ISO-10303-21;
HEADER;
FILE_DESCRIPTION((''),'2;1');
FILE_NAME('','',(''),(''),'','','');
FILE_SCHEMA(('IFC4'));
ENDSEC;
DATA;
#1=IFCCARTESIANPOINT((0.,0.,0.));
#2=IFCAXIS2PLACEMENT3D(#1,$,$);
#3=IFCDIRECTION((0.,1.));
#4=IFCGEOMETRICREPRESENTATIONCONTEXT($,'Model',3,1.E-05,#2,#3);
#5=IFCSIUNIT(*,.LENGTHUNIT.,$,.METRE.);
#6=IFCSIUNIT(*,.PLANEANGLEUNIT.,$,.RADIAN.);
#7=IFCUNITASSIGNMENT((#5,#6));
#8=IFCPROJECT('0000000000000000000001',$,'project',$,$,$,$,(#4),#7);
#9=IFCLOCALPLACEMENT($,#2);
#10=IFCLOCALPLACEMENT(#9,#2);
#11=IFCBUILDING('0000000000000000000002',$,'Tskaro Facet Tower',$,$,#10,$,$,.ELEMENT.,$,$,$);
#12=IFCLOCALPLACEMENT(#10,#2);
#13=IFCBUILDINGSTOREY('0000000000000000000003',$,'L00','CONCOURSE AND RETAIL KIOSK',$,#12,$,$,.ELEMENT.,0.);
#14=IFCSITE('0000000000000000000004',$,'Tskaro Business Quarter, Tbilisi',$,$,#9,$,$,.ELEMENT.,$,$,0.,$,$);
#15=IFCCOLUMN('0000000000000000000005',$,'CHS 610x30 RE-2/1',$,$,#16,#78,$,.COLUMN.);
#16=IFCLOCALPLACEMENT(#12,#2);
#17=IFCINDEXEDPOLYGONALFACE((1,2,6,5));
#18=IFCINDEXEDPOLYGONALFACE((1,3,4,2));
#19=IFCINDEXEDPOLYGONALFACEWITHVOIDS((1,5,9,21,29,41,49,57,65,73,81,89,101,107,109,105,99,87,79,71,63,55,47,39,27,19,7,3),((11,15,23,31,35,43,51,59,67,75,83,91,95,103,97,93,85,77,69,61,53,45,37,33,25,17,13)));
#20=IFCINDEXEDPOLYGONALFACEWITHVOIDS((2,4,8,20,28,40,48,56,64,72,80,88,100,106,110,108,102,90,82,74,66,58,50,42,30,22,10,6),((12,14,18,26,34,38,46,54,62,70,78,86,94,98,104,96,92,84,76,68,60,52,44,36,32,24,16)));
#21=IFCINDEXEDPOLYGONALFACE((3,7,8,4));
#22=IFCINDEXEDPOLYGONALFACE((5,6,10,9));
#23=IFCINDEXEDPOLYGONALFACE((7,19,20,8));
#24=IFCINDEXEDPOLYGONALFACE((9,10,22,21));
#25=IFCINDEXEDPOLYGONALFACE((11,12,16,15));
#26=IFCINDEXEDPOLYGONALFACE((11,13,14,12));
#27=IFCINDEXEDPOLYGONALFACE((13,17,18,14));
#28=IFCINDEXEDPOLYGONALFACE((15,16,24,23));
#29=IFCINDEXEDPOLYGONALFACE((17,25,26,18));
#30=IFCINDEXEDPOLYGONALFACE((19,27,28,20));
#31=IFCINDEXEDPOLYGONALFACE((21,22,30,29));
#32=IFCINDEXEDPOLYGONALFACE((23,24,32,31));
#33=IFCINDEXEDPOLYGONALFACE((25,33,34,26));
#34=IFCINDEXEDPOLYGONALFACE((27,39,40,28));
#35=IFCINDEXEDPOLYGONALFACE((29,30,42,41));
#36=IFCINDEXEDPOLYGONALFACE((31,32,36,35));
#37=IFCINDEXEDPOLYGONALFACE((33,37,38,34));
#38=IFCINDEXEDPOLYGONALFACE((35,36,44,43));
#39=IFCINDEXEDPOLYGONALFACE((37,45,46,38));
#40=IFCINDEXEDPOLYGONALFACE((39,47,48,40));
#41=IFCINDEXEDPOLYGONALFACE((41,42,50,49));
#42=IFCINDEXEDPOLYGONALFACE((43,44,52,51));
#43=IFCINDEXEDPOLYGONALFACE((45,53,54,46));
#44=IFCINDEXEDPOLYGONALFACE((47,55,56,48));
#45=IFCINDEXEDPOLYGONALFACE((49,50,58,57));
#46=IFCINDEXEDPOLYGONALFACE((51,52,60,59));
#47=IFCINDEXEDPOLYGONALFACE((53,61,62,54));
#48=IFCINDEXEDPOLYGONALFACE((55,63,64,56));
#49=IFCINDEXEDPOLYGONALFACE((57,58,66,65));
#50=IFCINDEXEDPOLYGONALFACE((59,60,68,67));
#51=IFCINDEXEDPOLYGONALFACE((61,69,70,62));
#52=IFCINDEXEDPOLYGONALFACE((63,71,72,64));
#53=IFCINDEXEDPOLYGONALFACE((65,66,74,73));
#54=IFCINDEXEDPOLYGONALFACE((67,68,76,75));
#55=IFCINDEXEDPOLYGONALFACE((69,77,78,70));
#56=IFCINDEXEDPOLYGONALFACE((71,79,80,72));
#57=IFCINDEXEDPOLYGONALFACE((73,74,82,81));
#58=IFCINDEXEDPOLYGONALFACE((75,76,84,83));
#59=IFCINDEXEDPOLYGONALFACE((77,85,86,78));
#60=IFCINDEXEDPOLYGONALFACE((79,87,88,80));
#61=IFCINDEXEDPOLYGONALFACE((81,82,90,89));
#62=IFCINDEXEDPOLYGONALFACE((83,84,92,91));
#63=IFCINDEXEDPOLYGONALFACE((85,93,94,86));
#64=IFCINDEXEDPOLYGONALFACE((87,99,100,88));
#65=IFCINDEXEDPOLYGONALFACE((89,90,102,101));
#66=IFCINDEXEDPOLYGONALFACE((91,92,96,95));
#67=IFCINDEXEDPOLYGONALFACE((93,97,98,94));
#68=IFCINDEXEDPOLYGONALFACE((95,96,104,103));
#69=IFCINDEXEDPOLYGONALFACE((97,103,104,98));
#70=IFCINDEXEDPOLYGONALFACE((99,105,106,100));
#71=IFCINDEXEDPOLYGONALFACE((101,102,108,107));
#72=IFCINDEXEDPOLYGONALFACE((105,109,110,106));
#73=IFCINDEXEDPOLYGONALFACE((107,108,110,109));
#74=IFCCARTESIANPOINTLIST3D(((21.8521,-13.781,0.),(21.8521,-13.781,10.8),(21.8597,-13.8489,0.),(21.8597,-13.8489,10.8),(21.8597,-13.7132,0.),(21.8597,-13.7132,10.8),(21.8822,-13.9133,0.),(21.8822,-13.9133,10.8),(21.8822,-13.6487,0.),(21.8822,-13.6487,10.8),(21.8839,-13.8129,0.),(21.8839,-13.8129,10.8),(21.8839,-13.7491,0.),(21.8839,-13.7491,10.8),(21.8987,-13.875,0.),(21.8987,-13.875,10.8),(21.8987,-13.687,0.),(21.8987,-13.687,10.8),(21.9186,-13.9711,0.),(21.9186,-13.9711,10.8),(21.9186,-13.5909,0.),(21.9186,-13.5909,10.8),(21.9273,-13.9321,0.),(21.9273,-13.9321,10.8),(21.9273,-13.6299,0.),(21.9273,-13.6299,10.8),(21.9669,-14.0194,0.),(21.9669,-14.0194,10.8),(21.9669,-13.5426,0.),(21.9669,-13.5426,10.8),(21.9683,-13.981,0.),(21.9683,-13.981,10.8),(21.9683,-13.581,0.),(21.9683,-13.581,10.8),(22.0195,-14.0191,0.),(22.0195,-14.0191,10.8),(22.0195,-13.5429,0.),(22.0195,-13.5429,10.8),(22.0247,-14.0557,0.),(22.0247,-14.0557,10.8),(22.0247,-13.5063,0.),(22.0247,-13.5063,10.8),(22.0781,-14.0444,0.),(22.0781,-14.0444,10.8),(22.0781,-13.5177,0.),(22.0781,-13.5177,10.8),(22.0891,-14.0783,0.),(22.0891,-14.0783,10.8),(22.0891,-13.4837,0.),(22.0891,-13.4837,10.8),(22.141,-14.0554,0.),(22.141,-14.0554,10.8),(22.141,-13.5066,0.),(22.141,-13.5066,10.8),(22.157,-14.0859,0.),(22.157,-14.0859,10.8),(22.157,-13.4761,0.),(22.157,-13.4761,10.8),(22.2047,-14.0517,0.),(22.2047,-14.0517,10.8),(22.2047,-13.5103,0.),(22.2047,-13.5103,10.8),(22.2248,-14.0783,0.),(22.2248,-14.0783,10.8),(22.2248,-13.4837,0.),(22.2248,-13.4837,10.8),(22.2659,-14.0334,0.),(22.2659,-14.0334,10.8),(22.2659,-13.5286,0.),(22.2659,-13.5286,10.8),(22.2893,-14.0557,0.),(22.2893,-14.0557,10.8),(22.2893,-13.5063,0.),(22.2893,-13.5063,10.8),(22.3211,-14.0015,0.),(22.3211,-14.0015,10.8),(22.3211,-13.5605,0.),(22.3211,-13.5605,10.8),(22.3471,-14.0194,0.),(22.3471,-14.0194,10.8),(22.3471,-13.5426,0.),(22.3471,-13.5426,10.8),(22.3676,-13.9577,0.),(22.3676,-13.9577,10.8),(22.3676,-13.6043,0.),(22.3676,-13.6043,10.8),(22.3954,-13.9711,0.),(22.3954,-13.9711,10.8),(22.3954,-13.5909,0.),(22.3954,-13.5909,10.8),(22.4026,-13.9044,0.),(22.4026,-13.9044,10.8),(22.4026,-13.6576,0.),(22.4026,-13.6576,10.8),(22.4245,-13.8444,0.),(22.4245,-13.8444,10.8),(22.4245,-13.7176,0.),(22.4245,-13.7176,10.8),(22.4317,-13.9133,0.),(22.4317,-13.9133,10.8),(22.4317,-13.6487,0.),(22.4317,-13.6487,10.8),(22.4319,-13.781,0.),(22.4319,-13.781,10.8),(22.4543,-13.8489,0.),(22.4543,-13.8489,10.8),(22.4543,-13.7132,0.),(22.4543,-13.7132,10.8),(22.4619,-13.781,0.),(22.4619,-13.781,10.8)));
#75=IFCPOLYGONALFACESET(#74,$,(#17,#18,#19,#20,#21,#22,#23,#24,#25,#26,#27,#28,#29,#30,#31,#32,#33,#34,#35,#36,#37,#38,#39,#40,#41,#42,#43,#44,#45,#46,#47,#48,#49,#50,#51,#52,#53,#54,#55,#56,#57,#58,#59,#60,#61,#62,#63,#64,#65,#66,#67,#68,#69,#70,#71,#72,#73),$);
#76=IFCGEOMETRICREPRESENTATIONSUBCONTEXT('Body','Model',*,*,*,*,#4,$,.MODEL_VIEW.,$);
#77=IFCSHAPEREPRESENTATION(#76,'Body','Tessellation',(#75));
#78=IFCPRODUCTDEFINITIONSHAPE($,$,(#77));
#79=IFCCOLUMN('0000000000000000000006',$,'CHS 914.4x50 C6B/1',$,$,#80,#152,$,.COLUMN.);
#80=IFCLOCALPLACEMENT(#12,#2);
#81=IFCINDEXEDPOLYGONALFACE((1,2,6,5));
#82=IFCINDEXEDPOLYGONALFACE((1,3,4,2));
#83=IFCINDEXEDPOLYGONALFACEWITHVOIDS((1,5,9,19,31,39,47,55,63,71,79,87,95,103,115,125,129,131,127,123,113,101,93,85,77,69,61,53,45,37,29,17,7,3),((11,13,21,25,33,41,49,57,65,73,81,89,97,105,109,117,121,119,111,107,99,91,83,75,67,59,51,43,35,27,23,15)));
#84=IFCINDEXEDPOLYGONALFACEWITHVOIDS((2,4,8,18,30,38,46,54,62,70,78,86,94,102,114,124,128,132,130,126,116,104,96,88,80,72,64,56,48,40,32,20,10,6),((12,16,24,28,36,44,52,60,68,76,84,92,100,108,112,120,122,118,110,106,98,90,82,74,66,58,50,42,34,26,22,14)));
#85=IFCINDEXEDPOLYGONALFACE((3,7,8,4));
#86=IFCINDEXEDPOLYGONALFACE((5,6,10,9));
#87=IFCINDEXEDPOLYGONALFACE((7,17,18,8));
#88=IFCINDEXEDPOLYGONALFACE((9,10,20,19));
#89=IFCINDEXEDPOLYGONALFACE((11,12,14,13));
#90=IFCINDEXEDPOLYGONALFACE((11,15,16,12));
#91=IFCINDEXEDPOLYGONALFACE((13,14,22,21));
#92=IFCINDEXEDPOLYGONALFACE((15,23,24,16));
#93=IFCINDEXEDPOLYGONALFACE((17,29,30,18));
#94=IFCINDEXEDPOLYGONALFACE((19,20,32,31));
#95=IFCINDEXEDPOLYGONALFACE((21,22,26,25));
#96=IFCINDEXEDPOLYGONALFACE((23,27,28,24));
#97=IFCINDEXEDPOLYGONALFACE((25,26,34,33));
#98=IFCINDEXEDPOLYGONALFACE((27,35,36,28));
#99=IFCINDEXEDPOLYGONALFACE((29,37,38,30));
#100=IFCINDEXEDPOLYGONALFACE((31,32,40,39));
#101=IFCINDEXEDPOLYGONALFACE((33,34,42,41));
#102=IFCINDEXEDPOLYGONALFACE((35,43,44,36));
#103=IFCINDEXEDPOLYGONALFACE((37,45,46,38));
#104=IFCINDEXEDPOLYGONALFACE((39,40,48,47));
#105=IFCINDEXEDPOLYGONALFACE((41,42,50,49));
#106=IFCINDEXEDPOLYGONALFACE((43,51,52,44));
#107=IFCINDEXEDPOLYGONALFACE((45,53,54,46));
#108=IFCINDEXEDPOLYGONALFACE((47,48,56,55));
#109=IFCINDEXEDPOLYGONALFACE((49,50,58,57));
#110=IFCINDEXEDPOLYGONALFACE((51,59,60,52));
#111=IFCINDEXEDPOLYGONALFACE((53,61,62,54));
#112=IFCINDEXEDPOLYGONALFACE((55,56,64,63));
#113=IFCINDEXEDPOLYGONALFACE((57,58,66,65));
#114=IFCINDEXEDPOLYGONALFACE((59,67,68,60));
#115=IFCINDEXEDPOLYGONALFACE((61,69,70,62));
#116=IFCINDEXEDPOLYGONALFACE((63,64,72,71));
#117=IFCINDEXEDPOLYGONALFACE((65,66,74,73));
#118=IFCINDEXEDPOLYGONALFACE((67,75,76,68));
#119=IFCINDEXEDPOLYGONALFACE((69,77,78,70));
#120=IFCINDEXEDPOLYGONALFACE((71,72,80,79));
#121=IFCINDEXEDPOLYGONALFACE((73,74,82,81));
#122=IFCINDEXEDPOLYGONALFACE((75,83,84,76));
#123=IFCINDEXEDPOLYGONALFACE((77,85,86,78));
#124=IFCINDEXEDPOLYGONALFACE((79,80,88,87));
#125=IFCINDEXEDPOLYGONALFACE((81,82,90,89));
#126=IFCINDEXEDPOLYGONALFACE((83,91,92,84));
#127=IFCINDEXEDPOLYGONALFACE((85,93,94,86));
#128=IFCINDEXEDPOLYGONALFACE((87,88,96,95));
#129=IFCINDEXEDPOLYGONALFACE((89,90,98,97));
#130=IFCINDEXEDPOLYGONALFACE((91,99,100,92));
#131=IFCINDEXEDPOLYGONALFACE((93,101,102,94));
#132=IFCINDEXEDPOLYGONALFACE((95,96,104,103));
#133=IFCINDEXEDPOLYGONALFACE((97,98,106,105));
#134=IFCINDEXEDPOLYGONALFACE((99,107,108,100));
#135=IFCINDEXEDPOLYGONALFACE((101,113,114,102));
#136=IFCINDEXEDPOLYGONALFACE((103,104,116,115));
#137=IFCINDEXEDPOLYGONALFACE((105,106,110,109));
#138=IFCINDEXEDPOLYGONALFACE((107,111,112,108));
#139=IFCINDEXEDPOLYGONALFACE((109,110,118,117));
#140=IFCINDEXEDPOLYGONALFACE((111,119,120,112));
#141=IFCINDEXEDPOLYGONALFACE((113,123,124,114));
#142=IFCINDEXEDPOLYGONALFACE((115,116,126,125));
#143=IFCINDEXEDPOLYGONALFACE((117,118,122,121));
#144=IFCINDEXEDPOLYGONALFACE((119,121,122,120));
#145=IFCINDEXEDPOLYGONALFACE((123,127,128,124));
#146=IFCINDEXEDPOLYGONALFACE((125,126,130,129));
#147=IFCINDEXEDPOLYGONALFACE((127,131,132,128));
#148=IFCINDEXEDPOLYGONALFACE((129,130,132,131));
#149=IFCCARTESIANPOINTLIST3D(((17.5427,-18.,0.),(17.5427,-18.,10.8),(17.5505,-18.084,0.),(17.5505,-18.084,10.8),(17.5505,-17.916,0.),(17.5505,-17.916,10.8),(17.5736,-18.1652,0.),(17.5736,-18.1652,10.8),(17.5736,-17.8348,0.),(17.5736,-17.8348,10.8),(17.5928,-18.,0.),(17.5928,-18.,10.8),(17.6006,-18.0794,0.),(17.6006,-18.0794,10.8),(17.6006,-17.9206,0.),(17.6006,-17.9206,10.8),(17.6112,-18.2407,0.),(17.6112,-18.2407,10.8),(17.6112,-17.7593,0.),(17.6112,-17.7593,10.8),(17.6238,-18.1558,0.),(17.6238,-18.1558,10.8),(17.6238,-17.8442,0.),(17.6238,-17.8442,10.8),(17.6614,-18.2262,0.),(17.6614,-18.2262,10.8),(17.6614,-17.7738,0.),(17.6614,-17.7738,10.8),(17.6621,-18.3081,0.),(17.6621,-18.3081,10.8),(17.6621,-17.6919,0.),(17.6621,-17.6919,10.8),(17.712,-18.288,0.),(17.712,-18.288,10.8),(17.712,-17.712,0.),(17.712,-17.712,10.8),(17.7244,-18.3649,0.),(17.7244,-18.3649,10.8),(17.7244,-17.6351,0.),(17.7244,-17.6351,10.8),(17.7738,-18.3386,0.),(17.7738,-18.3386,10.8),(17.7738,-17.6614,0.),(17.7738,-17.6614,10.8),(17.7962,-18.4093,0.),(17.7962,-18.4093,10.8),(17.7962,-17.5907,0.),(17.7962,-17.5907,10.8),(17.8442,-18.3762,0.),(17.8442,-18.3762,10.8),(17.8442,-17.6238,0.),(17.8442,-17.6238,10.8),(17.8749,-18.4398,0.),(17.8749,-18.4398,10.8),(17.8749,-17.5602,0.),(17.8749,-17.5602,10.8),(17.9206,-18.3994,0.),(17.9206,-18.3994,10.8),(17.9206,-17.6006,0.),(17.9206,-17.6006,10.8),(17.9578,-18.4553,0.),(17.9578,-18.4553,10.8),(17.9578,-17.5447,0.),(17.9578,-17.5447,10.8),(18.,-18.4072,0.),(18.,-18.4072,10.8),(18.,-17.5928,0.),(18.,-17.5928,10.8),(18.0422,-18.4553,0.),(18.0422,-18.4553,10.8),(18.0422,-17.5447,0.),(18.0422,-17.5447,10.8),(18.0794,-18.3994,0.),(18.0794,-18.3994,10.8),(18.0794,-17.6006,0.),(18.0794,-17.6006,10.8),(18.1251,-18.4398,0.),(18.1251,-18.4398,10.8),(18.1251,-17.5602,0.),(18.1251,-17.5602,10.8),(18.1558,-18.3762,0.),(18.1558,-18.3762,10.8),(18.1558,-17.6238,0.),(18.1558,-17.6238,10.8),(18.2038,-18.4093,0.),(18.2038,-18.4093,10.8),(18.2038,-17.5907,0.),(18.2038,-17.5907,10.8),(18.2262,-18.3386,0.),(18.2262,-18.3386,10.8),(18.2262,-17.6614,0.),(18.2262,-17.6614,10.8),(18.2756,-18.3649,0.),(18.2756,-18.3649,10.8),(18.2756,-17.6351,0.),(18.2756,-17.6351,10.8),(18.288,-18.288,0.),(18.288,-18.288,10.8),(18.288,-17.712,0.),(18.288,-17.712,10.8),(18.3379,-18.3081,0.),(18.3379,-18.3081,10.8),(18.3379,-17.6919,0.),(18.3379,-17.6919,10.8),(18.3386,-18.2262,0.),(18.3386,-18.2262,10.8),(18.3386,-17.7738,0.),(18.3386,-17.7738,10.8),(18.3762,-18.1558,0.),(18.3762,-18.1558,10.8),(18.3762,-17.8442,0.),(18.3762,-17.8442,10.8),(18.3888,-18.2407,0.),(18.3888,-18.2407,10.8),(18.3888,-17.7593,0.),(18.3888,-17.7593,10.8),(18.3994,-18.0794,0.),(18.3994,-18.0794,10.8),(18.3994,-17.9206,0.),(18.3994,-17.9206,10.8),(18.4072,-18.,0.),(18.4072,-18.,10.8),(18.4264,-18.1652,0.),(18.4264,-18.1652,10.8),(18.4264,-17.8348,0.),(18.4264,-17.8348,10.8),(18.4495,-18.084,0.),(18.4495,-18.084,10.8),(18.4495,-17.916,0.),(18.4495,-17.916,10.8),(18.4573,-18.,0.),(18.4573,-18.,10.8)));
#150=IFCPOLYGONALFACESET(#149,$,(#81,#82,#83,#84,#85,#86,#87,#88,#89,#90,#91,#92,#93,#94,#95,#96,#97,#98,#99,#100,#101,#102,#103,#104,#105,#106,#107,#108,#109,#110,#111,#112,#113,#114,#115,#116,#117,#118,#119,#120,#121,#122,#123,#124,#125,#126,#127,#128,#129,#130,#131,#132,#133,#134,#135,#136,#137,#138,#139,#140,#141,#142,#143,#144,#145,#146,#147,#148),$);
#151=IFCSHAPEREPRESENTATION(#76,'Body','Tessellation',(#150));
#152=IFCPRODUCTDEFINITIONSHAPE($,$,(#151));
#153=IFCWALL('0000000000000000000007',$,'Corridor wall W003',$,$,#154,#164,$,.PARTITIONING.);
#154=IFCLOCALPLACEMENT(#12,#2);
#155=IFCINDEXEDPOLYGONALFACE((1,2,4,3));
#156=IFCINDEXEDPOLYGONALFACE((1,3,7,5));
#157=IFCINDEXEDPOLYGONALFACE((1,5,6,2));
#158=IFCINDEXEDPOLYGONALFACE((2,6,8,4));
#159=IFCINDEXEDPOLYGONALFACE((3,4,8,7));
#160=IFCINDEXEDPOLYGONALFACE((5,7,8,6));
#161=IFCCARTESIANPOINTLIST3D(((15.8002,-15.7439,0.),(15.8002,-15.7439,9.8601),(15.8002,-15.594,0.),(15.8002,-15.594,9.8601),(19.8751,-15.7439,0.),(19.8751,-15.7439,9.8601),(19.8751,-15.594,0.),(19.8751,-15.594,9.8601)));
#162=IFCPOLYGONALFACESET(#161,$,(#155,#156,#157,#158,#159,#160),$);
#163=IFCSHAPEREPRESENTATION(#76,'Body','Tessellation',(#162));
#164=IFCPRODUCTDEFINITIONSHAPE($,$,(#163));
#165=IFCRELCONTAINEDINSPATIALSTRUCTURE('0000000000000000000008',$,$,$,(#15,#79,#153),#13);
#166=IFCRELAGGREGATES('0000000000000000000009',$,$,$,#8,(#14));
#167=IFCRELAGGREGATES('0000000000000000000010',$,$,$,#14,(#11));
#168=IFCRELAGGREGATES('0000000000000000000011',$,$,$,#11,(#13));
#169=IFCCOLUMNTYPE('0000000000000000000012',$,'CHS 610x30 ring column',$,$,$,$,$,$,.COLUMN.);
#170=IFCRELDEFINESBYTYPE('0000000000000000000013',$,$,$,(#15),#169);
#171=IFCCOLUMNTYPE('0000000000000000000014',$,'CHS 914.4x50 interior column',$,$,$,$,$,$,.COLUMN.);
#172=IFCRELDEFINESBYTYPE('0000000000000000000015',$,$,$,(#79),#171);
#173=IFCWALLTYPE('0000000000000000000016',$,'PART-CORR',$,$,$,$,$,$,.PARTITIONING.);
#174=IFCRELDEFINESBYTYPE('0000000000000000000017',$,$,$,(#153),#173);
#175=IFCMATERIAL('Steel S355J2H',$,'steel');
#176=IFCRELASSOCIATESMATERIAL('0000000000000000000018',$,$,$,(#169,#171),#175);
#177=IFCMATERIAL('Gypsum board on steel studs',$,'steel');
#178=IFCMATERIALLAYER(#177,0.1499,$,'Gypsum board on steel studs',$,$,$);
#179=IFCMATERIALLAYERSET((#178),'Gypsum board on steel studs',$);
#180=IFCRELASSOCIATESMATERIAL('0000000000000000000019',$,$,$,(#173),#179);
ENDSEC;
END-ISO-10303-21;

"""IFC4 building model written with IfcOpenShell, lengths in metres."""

from ifc_helpers import new_model, si_unit, direction, frame, frame_2d, origin, origin_2d, place, context, subcontext, project, spatial, rectangle, hollow_circle, extrude, material, layer, layer_set, material_profile, profile_set, type_object, element, save


model = new_model("IFC4")

# Units and contexts
model_context = context("Model", 3, precision=1e-05, world=origin(), true_north=direction((0.0, 1.0)))
body_context = subcontext(model_context, "Body", "Model", "MODEL_VIEW")
ifc_project = project(units=[si_unit("LENGTHUNIT", "METRE"), si_unit("PLANEANGLEUNIT", "RADIAN")], contexts=[model_context])

# Site, building, storey
site_placement = place(None, origin())
site = spatial("IfcSite", under=ifc_project, at=site_placement, Name="Tskaro Business Quarter, Tbilisi", CompositionType="ELEMENT", RefElevation=0.0)
building_placement = place(site_placement, origin())
building = spatial("IfcBuilding", under=site, at=building_placement, Name="Tskaro Facet Tower", CompositionType="ELEMENT")
storey_placement = place(building_placement, origin())
storey = spatial("IfcBuildingStorey", under=building, at=storey_placement, Name="L00", Description="CONCOURSE AND RETAIL KIOSK", CompositionType="ELEMENT", Elevation=0.0)

# Columns
ifc_material_1 = material(Name="Steel S355J2H", Category="steel")
ifc_material_profile_1 = material_profile(ifc_material_1, hollow_circle(Radius=0.3049, WallThickness=0.03, at=origin_2d()), Name="CHS 610x30")
ifc_profile_set_1 = profile_set([ifc_material_profile_1], Name="Steel S355J2H")
column_type_1 = type_object("IfcColumnType", Name="CHS 610x30 ring column", PredefinedType="COLUMN", material=ifc_profile_set_1)
column_1_placement = place(storey_placement, frame((22.157, -13.781, 0.0), z_axis=(0.0, 0.0, 1.0), x_axis=(1.0, 0.0, 0.0)))
element("IfcColumn", 1, at=column_1_placement, inside=storey, type_object=column_type_1, Name="CHS 610x30 RE-2/1", PredefinedType="COLUMN", context=body_context, shape_type="SweptSolid", body=[
    extrude(hollow_circle(Radius=0.3049, WallThickness=0.03, at=origin_2d()), origin(), (0.0, 0.0, 1.0), 10.8),
])
ifc_material_profile_2 = material_profile(ifc_material_1, hollow_circle(Radius=0.4573, WallThickness=0.05, at=origin_2d()), Name="CHS 914.4x50")
ifc_profile_set_2 = profile_set([ifc_material_profile_2], Name="Steel S355J2H")
column_type_2 = type_object("IfcColumnType", Name="CHS 914.4x50 interior column", PredefinedType="COLUMN", material=ifc_profile_set_2)
column_2_placement = place(storey_placement, frame((18.0, -18.0, 0.0), z_axis=(0.0, 0.0, 1.0), x_axis=(1.0, 0.0, 0.0)))
element("IfcColumn", 2, at=column_2_placement, inside=storey, type_object=column_type_2, Name="CHS 914.4x50 C6B/1", PredefinedType="COLUMN", context=body_context, shape_type="SweptSolid", body=[
    extrude(hollow_circle(Radius=0.4573, WallThickness=0.05, at=origin_2d()), origin(), (0.0, 0.0, 1.0), 10.8),
])

# Wall
ifc_material_2 = material(Name="Gypsum board on steel studs", Category="steel")
ifc_layer_1 = layer(ifc_material_2, 0.1499, Name="Gypsum board on steel studs")
ifc_layer_set_1 = layer_set([ifc_layer_1], Name="Gypsum board on steel studs")
wall_type_1 = type_object("IfcWallType", Name="PART-CORR", PredefinedType="PARTITIONING", material=ifc_layer_set_1)
wall_1_placement = place(storey_placement, frame((15.8, -15.6689, 0.0), z_axis=(0.0, 0.0, 1.0), x_axis=(1.0, 0.0, 0.0)))
element("IfcWall", 3, at=wall_1_placement, inside=storey, type_object=wall_type_1, Name="Corridor wall W003", PredefinedType="PARTITIONING", context=body_context, shape_type="SweptSolid", body=[
    extrude(rectangle(XDim=4.075, YDim=0.1499, at=frame_2d((2.0376, 0.0))), origin(), (0.0, 0.0, 1.0), 9.8601),
])

save(model, "model.ifc")
